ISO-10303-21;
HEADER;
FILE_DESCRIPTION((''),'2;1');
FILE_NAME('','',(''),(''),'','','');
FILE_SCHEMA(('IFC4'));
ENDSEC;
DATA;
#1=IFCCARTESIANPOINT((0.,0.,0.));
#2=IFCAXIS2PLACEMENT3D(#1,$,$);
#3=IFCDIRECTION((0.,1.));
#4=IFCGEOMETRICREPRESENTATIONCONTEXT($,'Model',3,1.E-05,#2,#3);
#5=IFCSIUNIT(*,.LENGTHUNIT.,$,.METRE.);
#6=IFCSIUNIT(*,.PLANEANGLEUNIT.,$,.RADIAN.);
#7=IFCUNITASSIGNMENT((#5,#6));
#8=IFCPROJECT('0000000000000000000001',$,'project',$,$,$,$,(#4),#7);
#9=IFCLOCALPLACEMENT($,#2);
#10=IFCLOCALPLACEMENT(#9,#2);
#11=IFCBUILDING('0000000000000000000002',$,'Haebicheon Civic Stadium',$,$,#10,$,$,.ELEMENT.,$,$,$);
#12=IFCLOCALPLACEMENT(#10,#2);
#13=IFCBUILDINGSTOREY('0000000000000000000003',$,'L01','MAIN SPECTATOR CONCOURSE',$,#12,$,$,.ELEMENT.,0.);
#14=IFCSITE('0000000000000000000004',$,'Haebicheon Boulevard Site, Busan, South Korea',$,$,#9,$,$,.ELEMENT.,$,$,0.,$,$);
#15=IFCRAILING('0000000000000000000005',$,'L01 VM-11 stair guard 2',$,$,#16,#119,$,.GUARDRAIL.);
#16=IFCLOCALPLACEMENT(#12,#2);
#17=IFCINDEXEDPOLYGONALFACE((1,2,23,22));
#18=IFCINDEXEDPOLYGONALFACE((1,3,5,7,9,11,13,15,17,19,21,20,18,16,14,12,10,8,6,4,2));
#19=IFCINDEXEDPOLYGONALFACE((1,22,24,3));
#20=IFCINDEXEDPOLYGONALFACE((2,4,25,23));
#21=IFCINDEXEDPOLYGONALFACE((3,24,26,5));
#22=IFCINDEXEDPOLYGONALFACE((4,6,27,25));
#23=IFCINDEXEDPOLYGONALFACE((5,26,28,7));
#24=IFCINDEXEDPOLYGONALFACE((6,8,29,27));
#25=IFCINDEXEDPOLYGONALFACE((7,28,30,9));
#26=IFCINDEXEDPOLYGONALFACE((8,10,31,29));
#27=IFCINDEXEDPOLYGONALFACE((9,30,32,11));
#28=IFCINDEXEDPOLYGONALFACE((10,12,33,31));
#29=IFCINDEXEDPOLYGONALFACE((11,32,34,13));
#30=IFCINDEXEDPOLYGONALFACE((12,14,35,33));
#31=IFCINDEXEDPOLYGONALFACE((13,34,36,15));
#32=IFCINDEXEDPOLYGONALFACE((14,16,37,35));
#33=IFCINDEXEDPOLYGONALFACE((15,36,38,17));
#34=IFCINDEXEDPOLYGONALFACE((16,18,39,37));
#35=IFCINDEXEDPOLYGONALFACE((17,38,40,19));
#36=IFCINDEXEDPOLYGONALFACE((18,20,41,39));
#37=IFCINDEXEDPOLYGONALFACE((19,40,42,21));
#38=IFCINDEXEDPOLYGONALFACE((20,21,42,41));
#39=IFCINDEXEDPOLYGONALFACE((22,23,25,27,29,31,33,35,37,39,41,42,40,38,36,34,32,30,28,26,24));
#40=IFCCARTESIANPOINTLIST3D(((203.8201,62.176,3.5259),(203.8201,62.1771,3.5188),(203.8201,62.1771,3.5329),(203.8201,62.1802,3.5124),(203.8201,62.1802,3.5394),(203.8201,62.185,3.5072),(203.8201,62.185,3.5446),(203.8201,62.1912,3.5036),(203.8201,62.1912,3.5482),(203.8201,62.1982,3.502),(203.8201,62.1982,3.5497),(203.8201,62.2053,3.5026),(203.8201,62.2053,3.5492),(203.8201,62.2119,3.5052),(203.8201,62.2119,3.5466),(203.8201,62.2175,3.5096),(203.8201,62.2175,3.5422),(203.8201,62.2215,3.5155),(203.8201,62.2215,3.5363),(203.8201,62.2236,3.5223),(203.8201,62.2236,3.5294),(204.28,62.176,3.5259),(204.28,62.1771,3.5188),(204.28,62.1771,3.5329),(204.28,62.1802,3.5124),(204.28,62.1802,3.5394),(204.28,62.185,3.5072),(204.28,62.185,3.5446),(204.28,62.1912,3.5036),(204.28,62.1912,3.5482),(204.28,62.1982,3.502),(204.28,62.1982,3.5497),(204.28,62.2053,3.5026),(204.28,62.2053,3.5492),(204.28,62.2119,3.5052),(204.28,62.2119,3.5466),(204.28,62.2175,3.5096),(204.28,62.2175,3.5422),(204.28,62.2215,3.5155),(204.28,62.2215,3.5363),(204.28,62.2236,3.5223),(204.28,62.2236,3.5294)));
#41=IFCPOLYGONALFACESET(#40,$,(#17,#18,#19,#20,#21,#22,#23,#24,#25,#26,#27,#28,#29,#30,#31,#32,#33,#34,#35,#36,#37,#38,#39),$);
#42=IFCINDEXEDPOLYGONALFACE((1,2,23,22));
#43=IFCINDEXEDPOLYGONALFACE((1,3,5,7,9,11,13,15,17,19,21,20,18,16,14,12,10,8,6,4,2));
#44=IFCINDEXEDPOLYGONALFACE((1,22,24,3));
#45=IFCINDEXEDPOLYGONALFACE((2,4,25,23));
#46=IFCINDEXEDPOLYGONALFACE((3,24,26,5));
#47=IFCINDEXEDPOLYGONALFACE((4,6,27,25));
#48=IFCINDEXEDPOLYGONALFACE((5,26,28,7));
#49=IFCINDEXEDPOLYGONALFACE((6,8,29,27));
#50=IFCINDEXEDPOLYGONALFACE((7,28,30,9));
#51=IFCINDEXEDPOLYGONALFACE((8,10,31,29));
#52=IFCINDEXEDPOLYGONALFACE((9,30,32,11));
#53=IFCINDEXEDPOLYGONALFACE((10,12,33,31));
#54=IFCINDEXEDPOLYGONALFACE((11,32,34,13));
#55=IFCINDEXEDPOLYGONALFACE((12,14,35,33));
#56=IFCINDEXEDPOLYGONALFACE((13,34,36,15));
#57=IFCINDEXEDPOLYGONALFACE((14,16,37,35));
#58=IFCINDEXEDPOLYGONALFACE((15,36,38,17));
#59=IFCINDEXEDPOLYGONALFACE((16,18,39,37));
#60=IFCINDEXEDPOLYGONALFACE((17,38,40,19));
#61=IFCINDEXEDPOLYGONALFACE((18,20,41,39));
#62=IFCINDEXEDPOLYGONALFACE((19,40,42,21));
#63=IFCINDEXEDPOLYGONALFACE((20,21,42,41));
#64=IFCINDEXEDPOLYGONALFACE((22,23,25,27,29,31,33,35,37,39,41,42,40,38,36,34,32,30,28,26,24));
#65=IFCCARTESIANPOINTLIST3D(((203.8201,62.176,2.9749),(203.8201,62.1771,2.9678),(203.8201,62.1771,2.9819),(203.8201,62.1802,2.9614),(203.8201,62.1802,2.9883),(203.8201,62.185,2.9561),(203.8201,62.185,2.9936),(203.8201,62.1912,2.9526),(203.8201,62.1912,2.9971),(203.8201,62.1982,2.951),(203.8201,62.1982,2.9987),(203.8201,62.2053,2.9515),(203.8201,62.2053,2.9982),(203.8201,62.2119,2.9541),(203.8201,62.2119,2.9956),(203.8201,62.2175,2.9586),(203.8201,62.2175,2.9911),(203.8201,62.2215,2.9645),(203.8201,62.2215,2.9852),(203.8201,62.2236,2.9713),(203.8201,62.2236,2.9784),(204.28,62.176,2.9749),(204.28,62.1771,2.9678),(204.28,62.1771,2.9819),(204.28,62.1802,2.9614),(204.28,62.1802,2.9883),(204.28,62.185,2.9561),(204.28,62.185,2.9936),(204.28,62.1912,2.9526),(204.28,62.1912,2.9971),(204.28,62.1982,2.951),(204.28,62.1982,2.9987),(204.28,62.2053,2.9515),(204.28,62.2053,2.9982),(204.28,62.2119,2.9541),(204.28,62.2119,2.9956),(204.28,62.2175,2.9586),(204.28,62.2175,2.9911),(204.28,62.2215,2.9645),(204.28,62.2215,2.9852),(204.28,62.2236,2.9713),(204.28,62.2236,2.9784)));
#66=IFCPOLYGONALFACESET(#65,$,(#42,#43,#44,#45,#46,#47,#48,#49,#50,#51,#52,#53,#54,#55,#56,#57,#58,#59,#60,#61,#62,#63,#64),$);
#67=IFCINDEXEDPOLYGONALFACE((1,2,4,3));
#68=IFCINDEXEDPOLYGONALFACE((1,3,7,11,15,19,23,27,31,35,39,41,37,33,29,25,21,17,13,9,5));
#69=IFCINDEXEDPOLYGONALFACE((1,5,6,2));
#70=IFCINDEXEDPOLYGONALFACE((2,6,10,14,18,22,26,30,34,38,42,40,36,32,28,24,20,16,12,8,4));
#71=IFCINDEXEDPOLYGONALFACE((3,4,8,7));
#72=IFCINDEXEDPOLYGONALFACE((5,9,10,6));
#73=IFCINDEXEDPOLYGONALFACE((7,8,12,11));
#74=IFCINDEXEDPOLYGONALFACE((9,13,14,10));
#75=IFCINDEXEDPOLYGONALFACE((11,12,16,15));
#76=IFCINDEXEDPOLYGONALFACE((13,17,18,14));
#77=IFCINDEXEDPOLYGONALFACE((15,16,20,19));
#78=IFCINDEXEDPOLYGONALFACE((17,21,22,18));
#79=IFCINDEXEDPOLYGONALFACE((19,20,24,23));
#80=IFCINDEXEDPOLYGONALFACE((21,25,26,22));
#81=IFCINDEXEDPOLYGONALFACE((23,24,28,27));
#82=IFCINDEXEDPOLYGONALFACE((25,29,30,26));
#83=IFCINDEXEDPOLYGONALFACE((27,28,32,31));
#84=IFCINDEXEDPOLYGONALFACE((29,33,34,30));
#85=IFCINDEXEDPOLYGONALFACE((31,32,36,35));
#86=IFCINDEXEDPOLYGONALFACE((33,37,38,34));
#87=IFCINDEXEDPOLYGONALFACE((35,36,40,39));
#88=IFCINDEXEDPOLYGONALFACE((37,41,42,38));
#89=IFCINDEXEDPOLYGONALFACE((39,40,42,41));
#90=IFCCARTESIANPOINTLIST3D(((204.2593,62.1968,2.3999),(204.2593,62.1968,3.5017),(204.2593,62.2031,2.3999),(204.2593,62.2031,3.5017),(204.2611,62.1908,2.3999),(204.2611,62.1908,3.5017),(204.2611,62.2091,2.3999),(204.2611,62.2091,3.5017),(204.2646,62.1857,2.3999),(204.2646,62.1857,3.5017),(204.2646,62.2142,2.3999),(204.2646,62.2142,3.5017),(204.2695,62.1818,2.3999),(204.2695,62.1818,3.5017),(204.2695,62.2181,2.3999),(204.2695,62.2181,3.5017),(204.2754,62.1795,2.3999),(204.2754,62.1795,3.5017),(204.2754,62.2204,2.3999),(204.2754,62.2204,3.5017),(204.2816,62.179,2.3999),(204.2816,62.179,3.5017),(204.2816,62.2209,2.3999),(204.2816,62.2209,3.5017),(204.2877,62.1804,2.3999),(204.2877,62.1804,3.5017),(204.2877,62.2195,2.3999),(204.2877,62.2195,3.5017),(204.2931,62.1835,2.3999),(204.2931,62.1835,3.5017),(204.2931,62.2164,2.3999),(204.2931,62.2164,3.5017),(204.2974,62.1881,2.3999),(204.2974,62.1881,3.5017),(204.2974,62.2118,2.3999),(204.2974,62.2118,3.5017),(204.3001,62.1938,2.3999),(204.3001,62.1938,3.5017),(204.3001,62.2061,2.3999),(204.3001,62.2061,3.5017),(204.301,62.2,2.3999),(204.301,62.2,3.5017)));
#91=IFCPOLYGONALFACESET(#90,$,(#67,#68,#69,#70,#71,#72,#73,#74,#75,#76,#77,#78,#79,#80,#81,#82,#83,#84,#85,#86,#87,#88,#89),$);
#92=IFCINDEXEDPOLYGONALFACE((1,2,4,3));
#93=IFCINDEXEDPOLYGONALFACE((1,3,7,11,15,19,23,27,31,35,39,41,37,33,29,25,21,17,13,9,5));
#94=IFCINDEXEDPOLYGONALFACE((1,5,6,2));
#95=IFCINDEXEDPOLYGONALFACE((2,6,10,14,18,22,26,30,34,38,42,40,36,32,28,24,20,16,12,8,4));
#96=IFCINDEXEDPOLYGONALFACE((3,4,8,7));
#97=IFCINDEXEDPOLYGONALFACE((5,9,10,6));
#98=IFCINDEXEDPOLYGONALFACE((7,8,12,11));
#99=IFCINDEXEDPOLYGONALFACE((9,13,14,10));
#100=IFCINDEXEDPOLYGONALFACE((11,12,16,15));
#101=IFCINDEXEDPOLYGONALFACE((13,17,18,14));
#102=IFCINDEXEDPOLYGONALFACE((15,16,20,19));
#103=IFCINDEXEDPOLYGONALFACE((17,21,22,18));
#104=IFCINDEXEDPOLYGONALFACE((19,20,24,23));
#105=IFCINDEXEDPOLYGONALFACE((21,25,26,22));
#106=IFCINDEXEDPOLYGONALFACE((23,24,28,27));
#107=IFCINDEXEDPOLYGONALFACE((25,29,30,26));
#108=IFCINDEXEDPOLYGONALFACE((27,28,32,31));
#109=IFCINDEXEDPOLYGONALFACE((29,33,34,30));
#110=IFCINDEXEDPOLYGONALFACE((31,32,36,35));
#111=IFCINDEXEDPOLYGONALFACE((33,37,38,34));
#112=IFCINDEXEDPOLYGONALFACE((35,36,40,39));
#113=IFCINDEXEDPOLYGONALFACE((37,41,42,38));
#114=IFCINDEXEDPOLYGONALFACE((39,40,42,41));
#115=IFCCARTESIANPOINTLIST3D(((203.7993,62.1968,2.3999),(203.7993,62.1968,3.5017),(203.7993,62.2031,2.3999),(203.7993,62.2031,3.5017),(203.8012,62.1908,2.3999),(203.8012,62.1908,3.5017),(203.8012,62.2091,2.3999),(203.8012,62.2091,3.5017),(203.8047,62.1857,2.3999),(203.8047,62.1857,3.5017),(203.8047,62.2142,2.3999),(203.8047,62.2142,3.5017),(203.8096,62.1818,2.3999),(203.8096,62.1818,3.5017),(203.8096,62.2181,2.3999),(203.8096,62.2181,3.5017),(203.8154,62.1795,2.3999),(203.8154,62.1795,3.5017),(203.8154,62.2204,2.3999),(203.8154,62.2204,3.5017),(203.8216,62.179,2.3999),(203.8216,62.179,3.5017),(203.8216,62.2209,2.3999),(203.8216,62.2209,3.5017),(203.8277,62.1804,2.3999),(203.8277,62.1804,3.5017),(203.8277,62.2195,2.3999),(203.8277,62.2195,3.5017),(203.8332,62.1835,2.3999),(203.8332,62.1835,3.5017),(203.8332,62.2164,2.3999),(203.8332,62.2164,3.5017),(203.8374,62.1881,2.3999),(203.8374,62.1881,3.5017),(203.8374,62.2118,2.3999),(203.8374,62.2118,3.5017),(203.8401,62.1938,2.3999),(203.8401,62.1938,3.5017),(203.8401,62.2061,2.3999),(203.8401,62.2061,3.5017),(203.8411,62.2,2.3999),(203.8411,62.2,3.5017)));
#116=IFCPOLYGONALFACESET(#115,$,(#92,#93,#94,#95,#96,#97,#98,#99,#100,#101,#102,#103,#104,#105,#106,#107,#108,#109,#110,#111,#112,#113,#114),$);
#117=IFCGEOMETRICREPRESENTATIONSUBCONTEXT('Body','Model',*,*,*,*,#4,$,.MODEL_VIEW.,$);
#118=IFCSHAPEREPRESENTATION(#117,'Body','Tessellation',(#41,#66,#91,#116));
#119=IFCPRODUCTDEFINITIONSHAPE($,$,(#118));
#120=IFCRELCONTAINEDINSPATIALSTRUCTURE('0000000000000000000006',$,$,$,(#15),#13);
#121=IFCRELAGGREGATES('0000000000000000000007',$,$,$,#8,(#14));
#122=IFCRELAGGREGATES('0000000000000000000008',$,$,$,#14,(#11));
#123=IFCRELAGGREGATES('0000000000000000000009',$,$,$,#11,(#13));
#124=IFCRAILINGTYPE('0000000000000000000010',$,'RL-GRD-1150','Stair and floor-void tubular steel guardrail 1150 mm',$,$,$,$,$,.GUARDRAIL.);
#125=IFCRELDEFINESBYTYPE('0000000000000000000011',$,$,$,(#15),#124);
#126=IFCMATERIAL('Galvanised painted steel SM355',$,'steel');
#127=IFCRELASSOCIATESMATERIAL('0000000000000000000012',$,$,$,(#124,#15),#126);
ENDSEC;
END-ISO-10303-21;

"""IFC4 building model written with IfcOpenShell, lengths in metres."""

from ifc_helpers import new_model, si_unit, direction, frame, origin, origin_2d, place, context, subcontext, project, spatial, circle, extrude, material, type_object, element, save


model = new_model("IFC4")

# Units and contexts
model_context = context("Model", 3, precision=1e-05, world=origin(), true_north=direction((0.0, 1.0)))
body_context = subcontext(model_context, "Body", "Model", "MODEL_VIEW")
ifc_project = project(units=[si_unit("LENGTHUNIT", "METRE"), si_unit("PLANEANGLEUNIT", "RADIAN")], contexts=[model_context])

# Site, building, storey
site_placement = place(None, origin())
site = spatial("IfcSite", under=ifc_project, at=site_placement, Name="Haebicheon Boulevard Site, Busan, South Korea", CompositionType="ELEMENT", RefElevation=0.0)
building_placement = place(site_placement, origin())
building = spatial("IfcBuilding", under=site, at=building_placement, Name="Haebicheon Civic Stadium", CompositionType="ELEMENT")
storey_placement = place(building_placement, origin())
storey = spatial("IfcBuildingStorey", under=building, at=storey_placement, Name="L01", Description="MAIN SPECTATOR CONCOURSE", CompositionType="ELEMENT", Elevation=0.0)

# Railing
ifc_material_1 = material(Name="Galvanised painted steel SM355", Category="steel")
railing_type_1 = type_object("IfcRailingType", Name="RL-GRD-1150", Description="Stair and floor-void tubular steel guardrail 1150 mm", PredefinedType="GUARDRAIL", material=ifc_material_1)
railing_1_placement = place(storey_placement, frame((204.28, 62.2, 2.3999)))
element("IfcRailing", 1, at=railing_1_placement, inside=storey, type_object=railing_type_1, material=ifc_material_1, Name="L01 VM-11 stair guard 2", PredefinedType="GUARDRAIL", context=body_context, shape_type="SweptSolid", body=[
    extrude(circle(Radius=0.0239, at=origin_2d()), frame((0.0, 0.0, 1.126), z_axis=(-1.0, 0.0, 0.0), x_axis=(0.0, -1.0, 0.0)), (0.0, 0.0, 1.0), 0.46),
    extrude(circle(Radius=0.0239, at=origin_2d()), frame((0.0, 0.0, 0.575), z_axis=(-1.0, 0.0, 0.0), x_axis=(0.0, -1.0, 0.0)), (0.0, 0.0, 1.0), 0.46),
    extrude(circle(Radius=0.021, at=origin_2d()), origin(), (0.0, 0.0, 1.0), 1.1018),
    extrude(circle(Radius=0.021, at=origin_2d()), frame((-0.46, 0.0, 0.0)), (0.0, 0.0, 1.0), 1.1018),
])

save(model, "model.ifc")
